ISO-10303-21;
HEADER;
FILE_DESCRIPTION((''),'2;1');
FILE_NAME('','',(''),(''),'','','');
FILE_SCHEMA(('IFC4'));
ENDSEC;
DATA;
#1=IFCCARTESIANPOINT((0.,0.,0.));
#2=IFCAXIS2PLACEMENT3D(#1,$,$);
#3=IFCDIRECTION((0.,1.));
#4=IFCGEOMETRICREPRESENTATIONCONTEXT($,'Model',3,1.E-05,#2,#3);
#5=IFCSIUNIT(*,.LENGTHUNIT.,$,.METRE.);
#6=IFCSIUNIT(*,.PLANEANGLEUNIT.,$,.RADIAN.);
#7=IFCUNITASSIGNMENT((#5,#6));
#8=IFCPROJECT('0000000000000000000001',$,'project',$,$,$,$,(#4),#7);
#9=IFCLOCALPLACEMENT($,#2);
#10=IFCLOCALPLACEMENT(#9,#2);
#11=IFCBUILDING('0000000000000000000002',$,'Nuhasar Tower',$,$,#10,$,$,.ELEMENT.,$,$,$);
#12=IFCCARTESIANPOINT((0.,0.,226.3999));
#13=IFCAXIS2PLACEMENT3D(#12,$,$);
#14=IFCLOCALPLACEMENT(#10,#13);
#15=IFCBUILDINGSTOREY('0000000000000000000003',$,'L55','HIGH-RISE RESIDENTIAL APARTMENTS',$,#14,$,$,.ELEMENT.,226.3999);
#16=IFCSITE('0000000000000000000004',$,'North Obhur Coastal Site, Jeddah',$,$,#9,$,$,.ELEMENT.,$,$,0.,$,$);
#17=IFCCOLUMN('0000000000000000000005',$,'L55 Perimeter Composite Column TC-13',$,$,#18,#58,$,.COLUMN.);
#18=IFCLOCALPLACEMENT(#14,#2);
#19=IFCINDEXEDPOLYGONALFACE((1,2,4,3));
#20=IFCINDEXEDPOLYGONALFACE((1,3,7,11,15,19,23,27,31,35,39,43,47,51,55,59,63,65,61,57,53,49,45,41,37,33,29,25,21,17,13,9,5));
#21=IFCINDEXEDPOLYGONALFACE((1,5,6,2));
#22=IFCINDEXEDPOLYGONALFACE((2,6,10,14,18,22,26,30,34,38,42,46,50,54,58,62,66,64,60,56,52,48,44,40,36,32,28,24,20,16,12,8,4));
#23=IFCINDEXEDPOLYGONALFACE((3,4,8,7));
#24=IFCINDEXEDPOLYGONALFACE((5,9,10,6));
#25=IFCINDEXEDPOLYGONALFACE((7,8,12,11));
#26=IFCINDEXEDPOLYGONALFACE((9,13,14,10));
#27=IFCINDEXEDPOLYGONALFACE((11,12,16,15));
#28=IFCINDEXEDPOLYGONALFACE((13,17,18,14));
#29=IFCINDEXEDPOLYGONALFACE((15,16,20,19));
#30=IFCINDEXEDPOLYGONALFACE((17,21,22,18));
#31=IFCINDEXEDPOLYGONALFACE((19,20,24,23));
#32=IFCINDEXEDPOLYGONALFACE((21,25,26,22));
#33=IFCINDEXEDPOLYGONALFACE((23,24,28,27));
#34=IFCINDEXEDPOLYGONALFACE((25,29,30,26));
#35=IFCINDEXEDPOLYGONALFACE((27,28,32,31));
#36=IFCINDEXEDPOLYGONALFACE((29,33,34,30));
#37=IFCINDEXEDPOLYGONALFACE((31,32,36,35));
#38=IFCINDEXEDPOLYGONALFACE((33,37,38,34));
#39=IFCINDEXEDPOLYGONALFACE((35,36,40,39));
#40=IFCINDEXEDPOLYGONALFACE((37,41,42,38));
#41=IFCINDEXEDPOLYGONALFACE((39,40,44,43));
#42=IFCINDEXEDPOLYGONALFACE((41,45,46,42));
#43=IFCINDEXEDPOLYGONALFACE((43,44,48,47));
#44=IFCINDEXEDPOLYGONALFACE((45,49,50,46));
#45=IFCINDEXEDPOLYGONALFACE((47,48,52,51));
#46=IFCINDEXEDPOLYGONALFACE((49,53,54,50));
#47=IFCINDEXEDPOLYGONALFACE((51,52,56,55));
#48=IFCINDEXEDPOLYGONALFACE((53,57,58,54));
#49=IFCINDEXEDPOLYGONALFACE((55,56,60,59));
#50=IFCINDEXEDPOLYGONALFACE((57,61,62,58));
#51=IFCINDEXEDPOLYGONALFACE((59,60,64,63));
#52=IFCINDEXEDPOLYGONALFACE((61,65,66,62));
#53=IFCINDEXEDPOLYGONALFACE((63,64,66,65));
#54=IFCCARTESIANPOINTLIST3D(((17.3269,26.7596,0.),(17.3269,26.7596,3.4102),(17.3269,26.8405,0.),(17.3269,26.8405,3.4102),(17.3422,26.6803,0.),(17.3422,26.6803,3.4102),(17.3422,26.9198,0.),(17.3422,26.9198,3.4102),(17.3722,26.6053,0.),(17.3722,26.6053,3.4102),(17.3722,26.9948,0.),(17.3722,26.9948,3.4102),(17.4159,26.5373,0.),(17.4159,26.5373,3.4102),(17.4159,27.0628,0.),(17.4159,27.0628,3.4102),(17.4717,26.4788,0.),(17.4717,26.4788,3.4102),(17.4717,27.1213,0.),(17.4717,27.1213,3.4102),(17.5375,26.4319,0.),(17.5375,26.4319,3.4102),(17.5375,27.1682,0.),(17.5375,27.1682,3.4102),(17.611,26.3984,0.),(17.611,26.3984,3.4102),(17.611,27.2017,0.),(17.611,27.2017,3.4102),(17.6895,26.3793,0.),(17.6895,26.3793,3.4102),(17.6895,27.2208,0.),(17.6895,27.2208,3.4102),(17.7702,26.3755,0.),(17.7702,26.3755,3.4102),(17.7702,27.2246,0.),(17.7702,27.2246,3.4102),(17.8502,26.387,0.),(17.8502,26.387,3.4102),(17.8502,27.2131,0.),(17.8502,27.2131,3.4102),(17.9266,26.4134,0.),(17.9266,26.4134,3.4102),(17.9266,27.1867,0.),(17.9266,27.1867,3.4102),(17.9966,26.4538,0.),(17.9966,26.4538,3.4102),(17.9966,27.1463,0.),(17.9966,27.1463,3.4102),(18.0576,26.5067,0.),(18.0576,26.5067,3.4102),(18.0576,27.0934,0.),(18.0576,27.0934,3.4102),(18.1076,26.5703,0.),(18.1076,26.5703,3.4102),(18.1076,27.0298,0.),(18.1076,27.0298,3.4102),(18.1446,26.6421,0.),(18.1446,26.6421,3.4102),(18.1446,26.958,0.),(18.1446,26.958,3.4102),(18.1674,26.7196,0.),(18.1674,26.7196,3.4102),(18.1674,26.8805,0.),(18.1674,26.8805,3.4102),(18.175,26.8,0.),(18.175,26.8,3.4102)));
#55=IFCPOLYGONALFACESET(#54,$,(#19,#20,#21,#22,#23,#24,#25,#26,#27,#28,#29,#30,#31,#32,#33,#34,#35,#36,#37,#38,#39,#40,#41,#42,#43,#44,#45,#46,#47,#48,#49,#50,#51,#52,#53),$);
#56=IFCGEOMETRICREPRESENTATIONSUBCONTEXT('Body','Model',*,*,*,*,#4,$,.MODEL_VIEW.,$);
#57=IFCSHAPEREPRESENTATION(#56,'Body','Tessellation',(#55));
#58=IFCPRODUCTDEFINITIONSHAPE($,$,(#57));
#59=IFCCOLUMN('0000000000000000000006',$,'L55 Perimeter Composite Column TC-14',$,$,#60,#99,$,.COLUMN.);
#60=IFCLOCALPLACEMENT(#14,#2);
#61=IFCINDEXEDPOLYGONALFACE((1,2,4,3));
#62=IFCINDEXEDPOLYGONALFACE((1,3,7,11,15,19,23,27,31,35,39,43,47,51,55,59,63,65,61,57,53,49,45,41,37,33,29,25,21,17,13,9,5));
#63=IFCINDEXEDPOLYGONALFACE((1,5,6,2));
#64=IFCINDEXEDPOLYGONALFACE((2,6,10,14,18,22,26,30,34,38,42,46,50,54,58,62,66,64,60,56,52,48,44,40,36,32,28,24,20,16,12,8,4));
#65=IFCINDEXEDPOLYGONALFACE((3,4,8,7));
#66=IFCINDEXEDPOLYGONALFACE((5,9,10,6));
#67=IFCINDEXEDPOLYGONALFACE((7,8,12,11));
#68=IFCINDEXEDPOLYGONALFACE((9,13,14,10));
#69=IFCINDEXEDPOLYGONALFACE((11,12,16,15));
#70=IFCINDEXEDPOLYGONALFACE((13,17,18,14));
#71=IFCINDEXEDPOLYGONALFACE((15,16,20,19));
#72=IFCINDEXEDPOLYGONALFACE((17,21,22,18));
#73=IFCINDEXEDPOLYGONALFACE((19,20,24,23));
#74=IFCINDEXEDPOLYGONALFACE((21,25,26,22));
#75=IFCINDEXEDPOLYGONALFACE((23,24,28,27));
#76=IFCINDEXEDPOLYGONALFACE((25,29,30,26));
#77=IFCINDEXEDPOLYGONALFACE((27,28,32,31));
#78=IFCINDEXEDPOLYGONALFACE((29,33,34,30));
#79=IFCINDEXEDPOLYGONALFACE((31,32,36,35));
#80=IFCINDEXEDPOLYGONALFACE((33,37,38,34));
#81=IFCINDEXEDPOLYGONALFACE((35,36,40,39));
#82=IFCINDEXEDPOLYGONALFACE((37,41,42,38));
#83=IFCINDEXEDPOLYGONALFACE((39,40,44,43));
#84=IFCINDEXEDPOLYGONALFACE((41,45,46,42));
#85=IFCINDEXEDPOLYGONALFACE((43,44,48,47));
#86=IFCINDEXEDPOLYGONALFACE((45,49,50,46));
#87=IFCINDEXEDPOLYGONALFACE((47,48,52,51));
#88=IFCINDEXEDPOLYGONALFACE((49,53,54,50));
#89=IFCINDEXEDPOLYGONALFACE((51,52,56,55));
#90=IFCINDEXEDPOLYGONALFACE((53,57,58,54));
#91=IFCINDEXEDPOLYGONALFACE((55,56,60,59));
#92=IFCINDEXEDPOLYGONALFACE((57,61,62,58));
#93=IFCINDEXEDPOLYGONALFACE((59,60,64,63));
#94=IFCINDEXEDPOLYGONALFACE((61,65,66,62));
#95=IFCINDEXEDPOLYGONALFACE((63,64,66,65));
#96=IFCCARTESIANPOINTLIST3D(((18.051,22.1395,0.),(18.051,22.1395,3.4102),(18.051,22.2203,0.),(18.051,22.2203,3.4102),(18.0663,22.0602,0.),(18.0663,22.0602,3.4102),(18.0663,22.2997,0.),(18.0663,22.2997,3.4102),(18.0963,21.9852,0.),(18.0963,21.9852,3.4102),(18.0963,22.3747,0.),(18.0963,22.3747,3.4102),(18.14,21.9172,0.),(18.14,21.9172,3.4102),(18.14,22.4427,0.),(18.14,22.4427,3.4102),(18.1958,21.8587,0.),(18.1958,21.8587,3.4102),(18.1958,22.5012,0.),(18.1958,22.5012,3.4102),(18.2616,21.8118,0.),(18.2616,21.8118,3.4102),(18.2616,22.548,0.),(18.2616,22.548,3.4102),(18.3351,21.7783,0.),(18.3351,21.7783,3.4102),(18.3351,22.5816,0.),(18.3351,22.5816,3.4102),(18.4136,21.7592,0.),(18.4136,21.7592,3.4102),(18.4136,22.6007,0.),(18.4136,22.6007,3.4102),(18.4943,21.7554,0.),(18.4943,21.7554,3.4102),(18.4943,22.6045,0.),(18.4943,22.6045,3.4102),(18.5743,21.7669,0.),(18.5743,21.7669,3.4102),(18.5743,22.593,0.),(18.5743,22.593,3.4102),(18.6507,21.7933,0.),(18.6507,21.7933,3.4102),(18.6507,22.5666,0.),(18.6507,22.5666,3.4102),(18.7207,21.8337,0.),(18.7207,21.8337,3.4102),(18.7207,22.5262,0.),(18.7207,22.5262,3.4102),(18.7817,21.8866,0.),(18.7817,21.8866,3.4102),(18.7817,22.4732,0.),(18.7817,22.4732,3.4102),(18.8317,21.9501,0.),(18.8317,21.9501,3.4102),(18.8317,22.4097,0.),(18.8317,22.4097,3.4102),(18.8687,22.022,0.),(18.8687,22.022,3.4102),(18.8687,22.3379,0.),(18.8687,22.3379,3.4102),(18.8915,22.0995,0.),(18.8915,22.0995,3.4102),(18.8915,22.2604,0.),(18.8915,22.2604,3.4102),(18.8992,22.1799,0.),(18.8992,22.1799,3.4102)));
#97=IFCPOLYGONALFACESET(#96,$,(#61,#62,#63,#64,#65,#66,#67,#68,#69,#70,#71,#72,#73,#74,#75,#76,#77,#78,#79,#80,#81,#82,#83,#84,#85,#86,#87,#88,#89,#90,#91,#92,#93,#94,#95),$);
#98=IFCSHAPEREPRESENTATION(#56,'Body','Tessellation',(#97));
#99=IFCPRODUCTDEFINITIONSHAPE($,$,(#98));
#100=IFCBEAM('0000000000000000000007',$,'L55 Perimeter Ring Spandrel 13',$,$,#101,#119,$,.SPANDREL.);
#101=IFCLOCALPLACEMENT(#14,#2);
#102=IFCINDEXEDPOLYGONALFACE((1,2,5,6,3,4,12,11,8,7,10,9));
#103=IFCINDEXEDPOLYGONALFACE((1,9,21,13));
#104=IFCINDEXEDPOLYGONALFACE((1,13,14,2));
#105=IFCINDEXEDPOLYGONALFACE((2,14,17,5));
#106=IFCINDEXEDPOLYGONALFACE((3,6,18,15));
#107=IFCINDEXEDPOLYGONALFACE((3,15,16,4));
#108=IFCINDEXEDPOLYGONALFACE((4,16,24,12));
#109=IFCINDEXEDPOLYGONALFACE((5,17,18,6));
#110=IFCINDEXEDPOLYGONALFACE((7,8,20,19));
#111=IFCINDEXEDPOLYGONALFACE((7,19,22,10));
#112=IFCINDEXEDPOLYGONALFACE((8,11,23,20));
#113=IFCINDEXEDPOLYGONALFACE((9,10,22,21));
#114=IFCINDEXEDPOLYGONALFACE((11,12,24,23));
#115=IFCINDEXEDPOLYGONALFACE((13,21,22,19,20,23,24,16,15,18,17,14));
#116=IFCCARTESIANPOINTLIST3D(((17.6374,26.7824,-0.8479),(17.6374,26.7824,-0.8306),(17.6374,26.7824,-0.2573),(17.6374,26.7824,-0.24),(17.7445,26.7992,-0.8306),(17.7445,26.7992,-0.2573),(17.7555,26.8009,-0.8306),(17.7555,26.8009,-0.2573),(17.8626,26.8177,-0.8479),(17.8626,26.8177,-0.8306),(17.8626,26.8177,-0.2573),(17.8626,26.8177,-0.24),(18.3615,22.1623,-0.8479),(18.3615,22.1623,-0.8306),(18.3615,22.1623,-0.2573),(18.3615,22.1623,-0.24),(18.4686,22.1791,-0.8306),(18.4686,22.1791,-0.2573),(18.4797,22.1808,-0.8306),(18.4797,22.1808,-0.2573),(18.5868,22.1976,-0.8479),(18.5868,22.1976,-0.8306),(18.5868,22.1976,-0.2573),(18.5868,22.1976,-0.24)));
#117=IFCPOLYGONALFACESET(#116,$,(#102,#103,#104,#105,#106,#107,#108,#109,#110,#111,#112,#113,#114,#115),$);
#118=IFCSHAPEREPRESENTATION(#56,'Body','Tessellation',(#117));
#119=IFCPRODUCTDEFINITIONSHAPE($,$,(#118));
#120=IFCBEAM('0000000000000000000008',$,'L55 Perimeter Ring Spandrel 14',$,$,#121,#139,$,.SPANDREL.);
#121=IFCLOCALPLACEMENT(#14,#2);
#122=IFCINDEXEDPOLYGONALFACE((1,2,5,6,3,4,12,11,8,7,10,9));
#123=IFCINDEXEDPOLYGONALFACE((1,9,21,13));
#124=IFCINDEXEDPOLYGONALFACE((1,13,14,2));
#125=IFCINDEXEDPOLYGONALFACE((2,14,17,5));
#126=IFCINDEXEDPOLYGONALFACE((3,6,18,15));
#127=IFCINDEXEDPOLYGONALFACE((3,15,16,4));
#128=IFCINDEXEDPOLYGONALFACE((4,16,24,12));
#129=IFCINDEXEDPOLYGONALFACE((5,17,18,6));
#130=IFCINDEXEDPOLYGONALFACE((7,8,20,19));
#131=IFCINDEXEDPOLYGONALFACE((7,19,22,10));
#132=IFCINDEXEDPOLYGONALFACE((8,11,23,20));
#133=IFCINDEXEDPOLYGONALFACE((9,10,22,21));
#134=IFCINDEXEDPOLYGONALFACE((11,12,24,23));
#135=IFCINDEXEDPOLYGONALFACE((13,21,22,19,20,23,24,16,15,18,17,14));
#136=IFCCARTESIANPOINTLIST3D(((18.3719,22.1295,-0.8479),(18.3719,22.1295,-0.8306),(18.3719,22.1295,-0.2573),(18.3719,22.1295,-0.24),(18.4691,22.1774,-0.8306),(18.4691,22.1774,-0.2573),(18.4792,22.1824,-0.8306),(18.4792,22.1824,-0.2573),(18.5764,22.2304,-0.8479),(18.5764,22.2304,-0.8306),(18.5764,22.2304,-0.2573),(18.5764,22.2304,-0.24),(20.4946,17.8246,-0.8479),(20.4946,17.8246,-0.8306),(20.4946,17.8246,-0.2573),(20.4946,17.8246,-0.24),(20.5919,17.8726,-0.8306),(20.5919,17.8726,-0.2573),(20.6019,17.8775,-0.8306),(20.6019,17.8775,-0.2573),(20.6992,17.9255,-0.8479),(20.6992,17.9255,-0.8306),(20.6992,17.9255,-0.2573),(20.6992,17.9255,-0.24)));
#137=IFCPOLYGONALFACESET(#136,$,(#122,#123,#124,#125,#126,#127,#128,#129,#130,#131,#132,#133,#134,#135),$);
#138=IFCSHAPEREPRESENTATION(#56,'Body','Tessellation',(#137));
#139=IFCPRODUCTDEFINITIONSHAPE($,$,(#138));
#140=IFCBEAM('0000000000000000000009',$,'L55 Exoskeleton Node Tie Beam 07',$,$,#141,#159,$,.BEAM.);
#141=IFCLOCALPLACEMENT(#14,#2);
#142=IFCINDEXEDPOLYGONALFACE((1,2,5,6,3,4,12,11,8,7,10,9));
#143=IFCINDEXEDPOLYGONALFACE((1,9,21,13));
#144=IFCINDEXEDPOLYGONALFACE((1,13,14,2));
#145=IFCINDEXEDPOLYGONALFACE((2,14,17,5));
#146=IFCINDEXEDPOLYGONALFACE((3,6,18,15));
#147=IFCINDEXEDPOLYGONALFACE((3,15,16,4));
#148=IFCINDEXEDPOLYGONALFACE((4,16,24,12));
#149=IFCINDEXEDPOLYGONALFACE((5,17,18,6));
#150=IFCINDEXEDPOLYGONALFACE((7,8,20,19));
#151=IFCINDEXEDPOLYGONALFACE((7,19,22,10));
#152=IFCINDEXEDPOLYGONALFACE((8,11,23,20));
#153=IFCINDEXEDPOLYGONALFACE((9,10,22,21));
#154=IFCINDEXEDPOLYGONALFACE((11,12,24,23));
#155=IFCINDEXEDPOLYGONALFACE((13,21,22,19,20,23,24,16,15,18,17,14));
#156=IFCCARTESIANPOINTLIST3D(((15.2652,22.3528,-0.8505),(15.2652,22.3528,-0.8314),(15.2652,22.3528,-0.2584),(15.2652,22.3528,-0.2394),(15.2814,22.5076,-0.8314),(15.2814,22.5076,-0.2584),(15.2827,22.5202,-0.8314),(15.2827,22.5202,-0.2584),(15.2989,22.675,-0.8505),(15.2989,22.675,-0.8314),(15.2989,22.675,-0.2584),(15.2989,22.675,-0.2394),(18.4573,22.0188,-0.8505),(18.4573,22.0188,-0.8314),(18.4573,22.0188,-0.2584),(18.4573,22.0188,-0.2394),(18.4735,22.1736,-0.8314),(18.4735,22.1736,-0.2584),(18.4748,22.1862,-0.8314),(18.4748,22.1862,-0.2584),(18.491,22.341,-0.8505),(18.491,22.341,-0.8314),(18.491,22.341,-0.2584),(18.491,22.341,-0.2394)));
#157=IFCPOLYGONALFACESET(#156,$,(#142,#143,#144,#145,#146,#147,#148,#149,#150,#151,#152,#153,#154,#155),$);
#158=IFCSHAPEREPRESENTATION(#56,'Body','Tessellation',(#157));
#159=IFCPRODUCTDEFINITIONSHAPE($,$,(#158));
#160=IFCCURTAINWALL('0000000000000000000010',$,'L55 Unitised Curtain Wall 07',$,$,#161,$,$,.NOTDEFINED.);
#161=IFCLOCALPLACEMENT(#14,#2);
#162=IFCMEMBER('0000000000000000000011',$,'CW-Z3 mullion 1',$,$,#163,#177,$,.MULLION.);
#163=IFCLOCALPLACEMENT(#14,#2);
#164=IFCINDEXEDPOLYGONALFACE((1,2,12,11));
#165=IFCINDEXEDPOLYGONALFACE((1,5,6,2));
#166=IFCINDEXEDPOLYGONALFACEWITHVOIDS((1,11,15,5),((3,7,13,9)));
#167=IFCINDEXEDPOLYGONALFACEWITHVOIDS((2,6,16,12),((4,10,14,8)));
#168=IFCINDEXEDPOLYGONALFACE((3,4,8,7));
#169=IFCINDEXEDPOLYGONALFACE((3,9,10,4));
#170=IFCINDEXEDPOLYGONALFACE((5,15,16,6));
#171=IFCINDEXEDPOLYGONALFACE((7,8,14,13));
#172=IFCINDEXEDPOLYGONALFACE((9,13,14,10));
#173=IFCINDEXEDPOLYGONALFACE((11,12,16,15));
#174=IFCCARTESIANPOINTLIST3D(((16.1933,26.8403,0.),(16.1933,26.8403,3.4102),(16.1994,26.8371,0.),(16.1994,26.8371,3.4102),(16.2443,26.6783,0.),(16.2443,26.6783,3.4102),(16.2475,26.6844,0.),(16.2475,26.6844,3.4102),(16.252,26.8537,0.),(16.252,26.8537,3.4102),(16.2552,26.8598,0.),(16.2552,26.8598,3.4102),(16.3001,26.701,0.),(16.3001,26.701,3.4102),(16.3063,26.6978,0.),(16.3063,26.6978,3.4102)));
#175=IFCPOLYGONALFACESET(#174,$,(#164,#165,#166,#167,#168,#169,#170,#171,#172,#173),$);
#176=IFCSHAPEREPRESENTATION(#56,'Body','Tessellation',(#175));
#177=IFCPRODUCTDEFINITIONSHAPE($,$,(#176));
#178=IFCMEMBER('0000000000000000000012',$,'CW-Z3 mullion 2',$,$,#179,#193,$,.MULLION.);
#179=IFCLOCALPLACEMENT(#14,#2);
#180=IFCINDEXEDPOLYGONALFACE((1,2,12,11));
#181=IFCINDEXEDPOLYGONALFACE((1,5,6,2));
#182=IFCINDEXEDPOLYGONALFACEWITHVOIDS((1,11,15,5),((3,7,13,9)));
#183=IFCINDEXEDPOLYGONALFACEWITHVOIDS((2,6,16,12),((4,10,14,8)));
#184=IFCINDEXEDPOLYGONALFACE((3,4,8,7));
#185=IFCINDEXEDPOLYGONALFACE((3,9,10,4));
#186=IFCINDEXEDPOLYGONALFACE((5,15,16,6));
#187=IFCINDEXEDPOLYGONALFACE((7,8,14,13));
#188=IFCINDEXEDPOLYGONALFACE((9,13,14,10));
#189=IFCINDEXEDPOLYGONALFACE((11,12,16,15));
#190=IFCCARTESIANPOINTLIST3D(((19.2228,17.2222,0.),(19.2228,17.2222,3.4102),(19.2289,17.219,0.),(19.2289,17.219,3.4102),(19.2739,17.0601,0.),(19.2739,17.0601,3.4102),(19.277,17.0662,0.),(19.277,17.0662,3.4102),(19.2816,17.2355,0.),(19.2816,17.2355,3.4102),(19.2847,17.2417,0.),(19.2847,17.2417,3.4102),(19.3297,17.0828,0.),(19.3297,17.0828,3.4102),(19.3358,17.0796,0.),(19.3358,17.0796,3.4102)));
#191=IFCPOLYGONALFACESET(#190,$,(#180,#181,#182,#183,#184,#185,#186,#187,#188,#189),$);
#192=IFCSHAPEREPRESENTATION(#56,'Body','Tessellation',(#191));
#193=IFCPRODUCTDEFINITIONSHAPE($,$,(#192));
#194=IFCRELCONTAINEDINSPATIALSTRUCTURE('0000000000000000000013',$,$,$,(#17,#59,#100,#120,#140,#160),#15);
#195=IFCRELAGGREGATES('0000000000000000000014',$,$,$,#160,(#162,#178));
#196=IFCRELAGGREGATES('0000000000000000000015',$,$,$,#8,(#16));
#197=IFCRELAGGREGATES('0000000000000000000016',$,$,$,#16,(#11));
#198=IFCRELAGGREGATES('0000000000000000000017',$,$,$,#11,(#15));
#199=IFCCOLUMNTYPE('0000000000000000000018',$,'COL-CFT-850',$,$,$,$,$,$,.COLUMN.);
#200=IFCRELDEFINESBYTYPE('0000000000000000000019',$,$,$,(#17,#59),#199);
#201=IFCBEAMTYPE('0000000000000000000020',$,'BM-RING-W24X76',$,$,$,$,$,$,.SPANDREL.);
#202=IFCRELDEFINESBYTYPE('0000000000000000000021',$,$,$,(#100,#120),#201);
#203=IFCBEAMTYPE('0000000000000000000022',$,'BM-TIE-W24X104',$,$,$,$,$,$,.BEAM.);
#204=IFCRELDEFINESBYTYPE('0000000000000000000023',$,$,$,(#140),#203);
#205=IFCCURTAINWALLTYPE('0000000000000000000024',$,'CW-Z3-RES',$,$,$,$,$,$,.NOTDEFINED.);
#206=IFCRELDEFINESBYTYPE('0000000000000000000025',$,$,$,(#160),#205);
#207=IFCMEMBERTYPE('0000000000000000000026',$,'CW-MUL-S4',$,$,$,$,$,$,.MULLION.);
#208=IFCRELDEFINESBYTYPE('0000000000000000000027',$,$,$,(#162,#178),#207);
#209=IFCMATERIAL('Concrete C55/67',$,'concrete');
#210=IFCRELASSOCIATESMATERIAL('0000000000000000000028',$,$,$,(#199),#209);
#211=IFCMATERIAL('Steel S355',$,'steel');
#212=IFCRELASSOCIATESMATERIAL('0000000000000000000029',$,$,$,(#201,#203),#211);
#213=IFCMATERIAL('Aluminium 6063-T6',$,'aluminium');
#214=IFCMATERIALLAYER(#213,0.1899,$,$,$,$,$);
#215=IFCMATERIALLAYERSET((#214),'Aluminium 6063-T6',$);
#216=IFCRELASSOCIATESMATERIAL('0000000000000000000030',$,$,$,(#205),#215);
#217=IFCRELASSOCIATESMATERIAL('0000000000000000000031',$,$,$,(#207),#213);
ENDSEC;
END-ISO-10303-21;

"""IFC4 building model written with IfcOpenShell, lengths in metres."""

from ifc_helpers import new_model, si_unit, direction, frame, origin, origin_2d, place, context, subcontext, project, spatial, hollow_rectangle, circle, i_section, extrude, material, layer, layer_set, material_profile, profile_set, type_object, element, aggregate, save


model = new_model("IFC4")

# Units and contexts
model_context = context("Model", 3, precision=1e-05, world=origin(), true_north=direction((0.0, 1.0)))
body_context = subcontext(model_context, "Body", "Model", "MODEL_VIEW")
ifc_project = project(units=[si_unit("LENGTHUNIT", "METRE"), si_unit("PLANEANGLEUNIT", "RADIAN")], contexts=[model_context])

# Site, building, storey
site_placement = place(None, origin())
site = spatial("IfcSite", under=ifc_project, at=site_placement, Name="North Obhur Coastal Site, Jeddah", CompositionType="ELEMENT", RefElevation=0.0)
building_placement = place(site_placement, origin())
building = spatial("IfcBuilding", under=site, at=building_placement, Name="Nuhasar Tower", CompositionType="ELEMENT")
storey_placement = place(building_placement, frame((0.0, 0.0, 226.3999)))
storey = spatial("IfcBuildingStorey", under=building, at=storey_placement, Name="L55", Description="HIGH-RISE RESIDENTIAL APARTMENTS", CompositionType="ELEMENT", Elevation=226.3999)

# Columns
ifc_material_1 = material(Name="Concrete C55/67", Category="concrete")
ifc_material_profile_1 = material_profile(ifc_material_1, circle(Radius=0.425, at=origin_2d()), Name="CFT850")
ifc_profile_set_1 = profile_set([ifc_material_profile_1], Name="Concrete C55/67")
column_type = type_object("IfcColumnType", Name="COL-CFT-850", PredefinedType="COLUMN", material=ifc_profile_set_1)
for number, where, z_axis, x_axis, name in (
    (1, (17.75, 26.8, 0.0), (0.0, 0.0, 1.0), (1.0, 0.0, 0.0), "L55 Perimeter Composite Column TC-13"),
    (2, (18.4741, 22.1799, 0.0), (0.0, 0.0, 1.0), (1.0, 0.0, 0.0), "L55 Perimeter Composite Column TC-14"),
):
    element("IfcColumn", number, at=place(storey_placement, frame(where, z_axis=z_axis, x_axis=x_axis)), inside=storey, type_object=column_type, Name=name, PredefinedType="COLUMN", context=body_context, shape_type="SweptSolid", body=[
        extrude(circle(Radius=0.425, at=origin_2d()), origin(), (0.0, 0.0, 1.0), 3.4102),
    ])

# Beams
ifc_material_2 = material(Name="Steel S355", Category="steel")
ifc_material_profile_2 = material_profile(ifc_material_2, i_section(OverallWidth=0.228, OverallDepth=0.6079, WebThickness=0.0112, FlangeThickness=0.0173, at=origin_2d()), Name="W24X76")
ifc_profile_set_2 = profile_set([ifc_material_profile_2], Name="Steel S355")
beam_type_1 = type_object("IfcBeamType", Name="BM-RING-W24X76", PredefinedType="SPANDREL", material=ifc_profile_set_2)
beam_1_placement = place(storey_placement, frame((17.75, 26.8, -0.5439), z_axis=(0.154842, -0.987939, 0.0), x_axis=(0.987939, 0.154842, 0.0)))
element("IfcBeam", 3, at=beam_1_placement, inside=storey, type_object=beam_type_1, Name="L55 Perimeter Ring Spandrel 13", PredefinedType="SPANDREL", context=body_context, shape_type="SweptSolid", body=[
    extrude(i_section(OverallWidth=0.228, OverallDepth=0.6079, WebThickness=0.0112, FlangeThickness=0.0173, at=origin_2d()), origin(), (0.0, 0.0, 1.0), 4.6765),
])
beam_2_placement = place(storey_placement, frame((18.4741, 22.1799, -0.5439), z_axis=(0.442263, -0.896886, 0.0), x_axis=(0.896886, 0.442263, 0.0)))
element("IfcBeam", 4, at=beam_2_placement, inside=storey, type_object=beam_type_1, Name="L55 Perimeter Ring Spandrel 14", PredefinedType="SPANDREL", context=body_context, shape_type="SweptSolid", body=[
    extrude(i_section(OverallWidth=0.228, OverallDepth=0.6079, WebThickness=0.0112, FlangeThickness=0.0173, at=origin_2d()), origin(), (0.0, 0.0, 1.0), 4.7998),
])
ifc_material_profile_3 = material_profile(ifc_material_2, i_section(OverallWidth=0.324, OverallDepth=0.6111, WebThickness=0.0127, FlangeThickness=0.019, at=origin_2d()), Name="W24X104")
ifc_profile_set_3 = profile_set([ifc_material_profile_3], Name="Steel S355")
beam_type_2 = type_object("IfcBeamType", Name="BM-TIE-W24X104", PredefinedType="BEAM", material=ifc_profile_set_3)
beam_3_placement = place(storey_placement, frame((18.4741, 22.1799, -0.5449), z_axis=(-0.994571, 0.104059, 0.0), x_axis=(-0.104059, -0.994571, 0.0)))
element("IfcBeam", 5, at=beam_3_placement, inside=storey, type_object=beam_type_2, Name="L55 Exoskeleton Node Tie Beam 07", PredefinedType="BEAM", context=body_context, shape_type="SweptSolid", body=[
    extrude(i_section(OverallWidth=0.324, OverallDepth=0.6111, WebThickness=0.0127, FlangeThickness=0.019, at=origin_2d()), origin(), (0.0, 0.0, 1.0), 3.2095),
])

# Curtain wall, members
ifc_material_3 = material(Name="Aluminium 6063-T6", Category="aluminium")
ifc_layer_1 = layer(ifc_material_3, 0.1899)
ifc_layer_set_1 = layer_set([ifc_layer_1], Name="Aluminium 6063-T6")
curtain_wall_type = type_object("IfcCurtainWallType", Name="CW-Z3-RES", PredefinedType="NOTDEFINED", material=ifc_layer_set_1)
curtain_wall_1_placement = place(storey_placement, origin())
curtain_wall_1 = element("IfcCurtainWall", 6, at=curtain_wall_1_placement, inside=storey, type_object=curtain_wall_type, Name="L55 Unitised Curtain Wall 07", PredefinedType="NOTDEFINED")
ifc_material_profile_4 = material_profile(ifc_material_3, hollow_rectangle(XDim=0.0649, YDim=0.1699, WallThickness=0.0049, at=origin_2d()), Name="CWM-4")
ifc_profile_set_4 = profile_set([ifc_material_profile_4], Name="Aluminium 6063-T6")
member_type_1 = type_object("IfcMemberType", Name="CW-MUL-S4", PredefinedType="MULLION", material=ifc_profile_set_4)
member_1_placement = place(storey_placement, frame((16.2498, 26.769, 0.0), z_axis=(0.0, 0.0, 1.0), x_axis=(0.953804, 0.300429, 0.0)))
member_1 = element("IfcMember", 7, at=member_1_placement, type_object=member_type_1, Name="CW-Z3 mullion 1", PredefinedType="MULLION", context=body_context, shape_type="SweptSolid", body=[
    extrude(hollow_rectangle(XDim=0.0649, YDim=0.1699, WallThickness=0.0049, at=origin_2d()), origin(), (0.0, 0.0, 1.0), 3.4102),
])
member_2_placement = place(storey_placement, frame((19.2793, 17.1509, 0.0), z_axis=(0.0, 0.0, 1.0), x_axis=(0.953804, 0.300429, 0.0)))
member_2 = element("IfcMember", 8, at=member_2_placement, type_object=member_type_1, Name="CW-Z3 mullion 2", PredefinedType="MULLION", context=body_context, shape_type="SweptSolid", body=[
    extrude(hollow_rectangle(XDim=0.0649, YDim=0.1699, WallThickness=0.0049, at=origin_2d()), origin(), (0.0, 0.0, 1.0), 3.4102),
])

aggregate(curtain_wall_1, [member_1, member_2])

save(model, "model.ifc")
